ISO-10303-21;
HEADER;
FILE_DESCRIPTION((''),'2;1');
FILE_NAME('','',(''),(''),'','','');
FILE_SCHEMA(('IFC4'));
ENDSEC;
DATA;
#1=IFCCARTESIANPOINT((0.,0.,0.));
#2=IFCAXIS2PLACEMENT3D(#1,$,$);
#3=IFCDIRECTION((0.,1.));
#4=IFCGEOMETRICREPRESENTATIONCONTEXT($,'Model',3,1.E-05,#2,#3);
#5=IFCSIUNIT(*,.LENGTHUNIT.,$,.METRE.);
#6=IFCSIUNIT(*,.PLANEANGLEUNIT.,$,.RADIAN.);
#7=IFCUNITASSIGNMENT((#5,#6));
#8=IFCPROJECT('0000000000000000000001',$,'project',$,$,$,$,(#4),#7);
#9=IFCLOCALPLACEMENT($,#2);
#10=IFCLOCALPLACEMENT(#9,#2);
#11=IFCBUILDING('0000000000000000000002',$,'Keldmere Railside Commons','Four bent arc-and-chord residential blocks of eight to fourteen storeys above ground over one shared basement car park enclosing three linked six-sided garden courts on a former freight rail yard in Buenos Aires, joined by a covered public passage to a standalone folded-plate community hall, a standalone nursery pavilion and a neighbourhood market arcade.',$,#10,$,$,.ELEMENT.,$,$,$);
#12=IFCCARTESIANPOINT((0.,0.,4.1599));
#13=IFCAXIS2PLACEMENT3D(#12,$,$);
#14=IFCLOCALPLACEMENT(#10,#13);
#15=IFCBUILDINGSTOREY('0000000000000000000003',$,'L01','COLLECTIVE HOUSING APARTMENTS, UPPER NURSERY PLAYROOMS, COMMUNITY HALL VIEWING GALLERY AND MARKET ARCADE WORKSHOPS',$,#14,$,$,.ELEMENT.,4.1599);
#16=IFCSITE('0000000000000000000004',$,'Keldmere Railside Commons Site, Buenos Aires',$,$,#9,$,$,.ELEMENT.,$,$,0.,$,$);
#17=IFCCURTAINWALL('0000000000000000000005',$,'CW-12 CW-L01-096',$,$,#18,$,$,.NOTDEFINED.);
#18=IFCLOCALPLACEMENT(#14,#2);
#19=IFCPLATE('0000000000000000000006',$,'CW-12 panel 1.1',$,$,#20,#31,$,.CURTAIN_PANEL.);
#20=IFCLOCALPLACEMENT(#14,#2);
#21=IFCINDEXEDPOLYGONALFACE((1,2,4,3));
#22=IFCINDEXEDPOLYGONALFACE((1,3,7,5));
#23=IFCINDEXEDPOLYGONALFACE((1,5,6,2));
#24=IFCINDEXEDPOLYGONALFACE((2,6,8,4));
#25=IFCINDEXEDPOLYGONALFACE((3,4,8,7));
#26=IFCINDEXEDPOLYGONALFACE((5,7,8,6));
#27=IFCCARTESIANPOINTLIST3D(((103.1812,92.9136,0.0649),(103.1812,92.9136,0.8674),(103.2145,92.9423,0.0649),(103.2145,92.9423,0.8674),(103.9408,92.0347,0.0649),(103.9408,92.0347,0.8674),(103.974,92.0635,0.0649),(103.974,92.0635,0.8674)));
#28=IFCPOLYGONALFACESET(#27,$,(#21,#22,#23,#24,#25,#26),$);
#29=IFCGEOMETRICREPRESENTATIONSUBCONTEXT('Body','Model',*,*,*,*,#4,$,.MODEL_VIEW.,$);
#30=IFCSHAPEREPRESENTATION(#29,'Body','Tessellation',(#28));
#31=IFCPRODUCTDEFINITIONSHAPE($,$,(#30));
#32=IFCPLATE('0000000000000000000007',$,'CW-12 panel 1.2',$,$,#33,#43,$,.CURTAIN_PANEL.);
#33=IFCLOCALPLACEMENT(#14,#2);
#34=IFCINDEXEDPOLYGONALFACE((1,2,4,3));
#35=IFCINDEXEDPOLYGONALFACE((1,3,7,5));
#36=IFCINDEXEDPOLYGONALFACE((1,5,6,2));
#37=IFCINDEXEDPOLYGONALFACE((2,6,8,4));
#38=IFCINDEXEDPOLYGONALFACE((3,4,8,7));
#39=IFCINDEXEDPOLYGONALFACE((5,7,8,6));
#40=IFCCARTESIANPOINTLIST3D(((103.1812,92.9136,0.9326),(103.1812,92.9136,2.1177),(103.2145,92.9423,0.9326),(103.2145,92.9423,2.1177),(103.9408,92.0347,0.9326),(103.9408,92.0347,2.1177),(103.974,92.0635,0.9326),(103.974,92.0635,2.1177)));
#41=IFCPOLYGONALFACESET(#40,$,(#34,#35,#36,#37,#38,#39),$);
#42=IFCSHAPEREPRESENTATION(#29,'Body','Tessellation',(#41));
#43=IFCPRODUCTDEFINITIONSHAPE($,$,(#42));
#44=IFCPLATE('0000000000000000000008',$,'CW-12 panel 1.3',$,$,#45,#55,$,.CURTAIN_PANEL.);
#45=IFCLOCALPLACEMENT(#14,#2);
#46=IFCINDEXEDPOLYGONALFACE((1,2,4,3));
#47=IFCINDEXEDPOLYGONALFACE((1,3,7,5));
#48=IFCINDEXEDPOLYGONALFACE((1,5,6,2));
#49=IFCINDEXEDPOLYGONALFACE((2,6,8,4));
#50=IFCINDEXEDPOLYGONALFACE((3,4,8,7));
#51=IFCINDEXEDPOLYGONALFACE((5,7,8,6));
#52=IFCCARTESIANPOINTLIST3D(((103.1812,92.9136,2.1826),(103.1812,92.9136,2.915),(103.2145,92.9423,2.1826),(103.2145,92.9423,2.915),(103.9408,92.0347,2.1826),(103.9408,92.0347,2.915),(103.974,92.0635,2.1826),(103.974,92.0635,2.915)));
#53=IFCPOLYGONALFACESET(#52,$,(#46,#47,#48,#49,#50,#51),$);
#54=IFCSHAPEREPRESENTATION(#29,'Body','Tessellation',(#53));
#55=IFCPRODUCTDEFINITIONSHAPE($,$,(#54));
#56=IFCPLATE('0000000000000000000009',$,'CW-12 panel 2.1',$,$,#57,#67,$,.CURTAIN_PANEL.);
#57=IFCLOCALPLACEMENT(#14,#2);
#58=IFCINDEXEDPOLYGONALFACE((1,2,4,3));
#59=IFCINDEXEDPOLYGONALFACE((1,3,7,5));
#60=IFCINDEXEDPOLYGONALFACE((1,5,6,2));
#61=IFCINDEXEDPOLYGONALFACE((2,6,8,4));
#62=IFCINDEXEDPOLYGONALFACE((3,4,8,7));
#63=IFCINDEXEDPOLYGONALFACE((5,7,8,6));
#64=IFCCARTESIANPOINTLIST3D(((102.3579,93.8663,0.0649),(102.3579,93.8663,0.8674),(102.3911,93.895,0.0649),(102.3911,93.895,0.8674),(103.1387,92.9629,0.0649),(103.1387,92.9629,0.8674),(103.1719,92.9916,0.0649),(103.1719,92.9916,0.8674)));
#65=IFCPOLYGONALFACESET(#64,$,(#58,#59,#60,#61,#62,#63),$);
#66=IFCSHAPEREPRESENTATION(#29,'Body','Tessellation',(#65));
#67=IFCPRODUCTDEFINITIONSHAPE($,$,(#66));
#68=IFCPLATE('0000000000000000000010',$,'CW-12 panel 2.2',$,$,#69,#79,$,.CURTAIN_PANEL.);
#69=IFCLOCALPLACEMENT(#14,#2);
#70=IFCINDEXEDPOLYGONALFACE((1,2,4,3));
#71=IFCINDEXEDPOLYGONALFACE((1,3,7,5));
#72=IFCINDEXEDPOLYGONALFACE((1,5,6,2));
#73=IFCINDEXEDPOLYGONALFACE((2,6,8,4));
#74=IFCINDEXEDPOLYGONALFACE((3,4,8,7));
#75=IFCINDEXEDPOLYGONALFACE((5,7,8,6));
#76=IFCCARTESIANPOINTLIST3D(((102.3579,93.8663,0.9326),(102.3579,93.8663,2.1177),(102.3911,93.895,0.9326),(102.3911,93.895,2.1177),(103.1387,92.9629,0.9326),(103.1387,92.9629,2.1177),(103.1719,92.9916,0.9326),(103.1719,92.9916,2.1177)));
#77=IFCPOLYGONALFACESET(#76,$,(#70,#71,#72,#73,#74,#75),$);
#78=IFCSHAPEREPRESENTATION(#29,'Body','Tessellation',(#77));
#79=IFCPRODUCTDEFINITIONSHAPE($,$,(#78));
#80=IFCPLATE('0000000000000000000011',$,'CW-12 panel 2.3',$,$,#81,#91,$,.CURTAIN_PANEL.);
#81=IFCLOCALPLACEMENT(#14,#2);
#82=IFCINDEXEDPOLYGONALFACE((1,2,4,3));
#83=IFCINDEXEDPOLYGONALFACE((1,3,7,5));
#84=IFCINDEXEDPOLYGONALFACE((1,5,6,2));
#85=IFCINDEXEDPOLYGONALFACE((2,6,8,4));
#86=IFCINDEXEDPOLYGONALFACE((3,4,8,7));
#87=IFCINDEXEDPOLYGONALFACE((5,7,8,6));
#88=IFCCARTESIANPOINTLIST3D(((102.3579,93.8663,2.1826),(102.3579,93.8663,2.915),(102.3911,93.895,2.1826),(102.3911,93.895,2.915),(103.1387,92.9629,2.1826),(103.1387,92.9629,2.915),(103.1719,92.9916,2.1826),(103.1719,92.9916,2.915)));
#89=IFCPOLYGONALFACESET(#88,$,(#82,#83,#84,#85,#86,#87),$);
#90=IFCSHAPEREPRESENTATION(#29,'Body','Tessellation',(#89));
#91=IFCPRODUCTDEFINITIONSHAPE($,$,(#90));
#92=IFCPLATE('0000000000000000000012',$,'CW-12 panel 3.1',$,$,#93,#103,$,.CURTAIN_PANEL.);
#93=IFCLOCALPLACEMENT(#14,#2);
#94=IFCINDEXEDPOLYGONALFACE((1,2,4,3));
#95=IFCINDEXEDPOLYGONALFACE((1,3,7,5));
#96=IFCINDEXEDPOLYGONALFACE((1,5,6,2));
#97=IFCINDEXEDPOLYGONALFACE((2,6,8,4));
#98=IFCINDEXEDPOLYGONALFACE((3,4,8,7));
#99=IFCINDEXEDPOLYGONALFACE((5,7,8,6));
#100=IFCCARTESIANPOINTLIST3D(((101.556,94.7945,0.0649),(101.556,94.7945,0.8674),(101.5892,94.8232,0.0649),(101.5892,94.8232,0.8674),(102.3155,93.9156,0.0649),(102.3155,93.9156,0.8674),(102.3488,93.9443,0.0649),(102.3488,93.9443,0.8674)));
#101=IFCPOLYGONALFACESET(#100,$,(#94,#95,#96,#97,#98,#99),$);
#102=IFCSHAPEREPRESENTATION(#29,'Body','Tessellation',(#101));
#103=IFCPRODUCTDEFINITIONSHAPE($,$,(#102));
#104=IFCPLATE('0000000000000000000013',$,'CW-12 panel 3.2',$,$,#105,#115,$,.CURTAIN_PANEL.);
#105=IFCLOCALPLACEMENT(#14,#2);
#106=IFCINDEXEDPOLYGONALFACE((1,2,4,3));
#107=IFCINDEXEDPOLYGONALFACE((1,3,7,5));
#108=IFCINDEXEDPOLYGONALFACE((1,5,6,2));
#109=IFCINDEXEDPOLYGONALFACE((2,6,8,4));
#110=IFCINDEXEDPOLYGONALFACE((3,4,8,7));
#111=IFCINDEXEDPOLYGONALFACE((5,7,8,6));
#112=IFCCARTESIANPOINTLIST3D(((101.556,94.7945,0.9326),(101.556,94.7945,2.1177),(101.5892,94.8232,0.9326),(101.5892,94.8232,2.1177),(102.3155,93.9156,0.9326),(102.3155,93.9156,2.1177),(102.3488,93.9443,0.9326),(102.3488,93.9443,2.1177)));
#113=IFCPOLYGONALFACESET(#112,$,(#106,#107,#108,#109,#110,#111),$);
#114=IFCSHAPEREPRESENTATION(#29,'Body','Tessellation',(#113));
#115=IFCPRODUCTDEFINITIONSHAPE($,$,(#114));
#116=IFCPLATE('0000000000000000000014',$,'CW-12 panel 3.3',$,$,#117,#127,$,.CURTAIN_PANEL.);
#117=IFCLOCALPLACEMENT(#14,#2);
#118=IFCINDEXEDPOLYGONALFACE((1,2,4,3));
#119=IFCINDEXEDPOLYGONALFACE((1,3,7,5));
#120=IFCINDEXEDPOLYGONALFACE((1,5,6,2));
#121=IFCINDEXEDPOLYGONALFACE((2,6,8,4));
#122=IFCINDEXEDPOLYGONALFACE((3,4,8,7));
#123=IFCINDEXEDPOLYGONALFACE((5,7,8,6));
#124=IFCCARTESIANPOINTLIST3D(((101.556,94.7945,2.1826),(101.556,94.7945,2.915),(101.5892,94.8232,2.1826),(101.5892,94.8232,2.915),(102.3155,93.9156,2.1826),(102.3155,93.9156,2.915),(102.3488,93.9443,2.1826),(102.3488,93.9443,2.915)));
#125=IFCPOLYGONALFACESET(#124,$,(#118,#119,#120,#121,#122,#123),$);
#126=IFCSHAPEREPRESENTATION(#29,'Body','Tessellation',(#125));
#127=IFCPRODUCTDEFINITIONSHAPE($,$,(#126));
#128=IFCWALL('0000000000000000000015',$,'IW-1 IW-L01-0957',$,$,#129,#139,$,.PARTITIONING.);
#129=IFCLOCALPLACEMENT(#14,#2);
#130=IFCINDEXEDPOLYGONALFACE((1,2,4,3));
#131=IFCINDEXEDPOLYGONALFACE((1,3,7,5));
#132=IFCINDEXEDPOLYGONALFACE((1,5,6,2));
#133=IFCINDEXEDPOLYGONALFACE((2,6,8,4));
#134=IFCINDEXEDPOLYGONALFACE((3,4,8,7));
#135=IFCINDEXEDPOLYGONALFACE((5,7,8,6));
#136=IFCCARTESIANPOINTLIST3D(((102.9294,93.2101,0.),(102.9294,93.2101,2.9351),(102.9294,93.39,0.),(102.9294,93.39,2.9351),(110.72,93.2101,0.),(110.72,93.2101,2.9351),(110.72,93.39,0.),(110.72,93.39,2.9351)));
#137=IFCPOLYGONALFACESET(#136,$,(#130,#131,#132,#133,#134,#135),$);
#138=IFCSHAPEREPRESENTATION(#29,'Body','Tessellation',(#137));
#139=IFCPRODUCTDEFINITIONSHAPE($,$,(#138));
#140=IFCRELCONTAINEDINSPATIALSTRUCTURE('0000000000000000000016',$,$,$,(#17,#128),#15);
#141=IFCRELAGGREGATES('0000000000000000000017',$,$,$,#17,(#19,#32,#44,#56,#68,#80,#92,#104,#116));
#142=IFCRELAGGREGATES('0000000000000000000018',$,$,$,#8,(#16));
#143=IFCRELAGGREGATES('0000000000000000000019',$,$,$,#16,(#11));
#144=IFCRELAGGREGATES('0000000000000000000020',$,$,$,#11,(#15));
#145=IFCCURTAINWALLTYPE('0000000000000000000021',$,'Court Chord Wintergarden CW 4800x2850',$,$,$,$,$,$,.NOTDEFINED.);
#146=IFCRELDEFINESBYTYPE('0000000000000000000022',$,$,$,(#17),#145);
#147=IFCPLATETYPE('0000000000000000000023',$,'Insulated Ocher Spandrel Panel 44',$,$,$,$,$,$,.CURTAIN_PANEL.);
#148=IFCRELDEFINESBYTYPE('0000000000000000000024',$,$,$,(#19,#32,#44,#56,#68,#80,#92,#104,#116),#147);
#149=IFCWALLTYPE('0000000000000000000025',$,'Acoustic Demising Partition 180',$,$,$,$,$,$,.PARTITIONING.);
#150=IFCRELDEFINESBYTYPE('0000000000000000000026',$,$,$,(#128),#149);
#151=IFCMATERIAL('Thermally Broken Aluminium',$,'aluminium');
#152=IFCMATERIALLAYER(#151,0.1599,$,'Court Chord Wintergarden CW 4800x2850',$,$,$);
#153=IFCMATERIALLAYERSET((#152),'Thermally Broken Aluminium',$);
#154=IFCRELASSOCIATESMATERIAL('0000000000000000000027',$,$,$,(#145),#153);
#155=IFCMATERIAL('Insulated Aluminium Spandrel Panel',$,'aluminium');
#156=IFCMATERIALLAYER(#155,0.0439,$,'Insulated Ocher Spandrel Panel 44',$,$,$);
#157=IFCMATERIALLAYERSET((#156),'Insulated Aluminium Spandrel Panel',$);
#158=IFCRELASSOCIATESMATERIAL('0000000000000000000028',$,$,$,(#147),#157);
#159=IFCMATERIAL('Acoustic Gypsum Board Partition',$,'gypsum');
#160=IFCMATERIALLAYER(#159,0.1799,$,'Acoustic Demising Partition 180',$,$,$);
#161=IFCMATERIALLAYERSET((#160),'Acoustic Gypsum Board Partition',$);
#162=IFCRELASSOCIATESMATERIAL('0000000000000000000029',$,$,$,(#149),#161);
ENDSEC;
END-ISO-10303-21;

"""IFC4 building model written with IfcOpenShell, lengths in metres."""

from ifc_helpers import new_model, si_unit, direction, frame, frame_2d, origin, origin_2d, place, context, subcontext, project, spatial, rectangle, extrude, material, layer, layer_set, type_object, element, aggregate, save


model = new_model("IFC4")

# Units and contexts
model_context = context("Model", 3, precision=1e-05, world=origin(), true_north=direction((0.0, 1.0)))
body_context = subcontext(model_context, "Body", "Model", "MODEL_VIEW")
ifc_project = project(units=[si_unit("LENGTHUNIT", "METRE"), si_unit("PLANEANGLEUNIT", "RADIAN")], contexts=[model_context])

# Site, building, storey
site_placement = place(None, origin())
site = spatial("IfcSite", under=ifc_project, at=site_placement, Name="Keldmere Railside Commons Site, Buenos Aires", CompositionType="ELEMENT", RefElevation=0.0)
building_placement = place(site_placement, origin())
building = spatial("IfcBuilding", under=site, at=building_placement, Name="Keldmere Railside Commons", Description="Four bent arc-and-chord residential blocks of eight to fourteen storeys above ground over one shared basement car park enclosing three linked six-sided garden courts on a former freight rail yard in Buenos Aires, joined by a covered public passage to a standalone folded-plate community hall, a standalone nursery pavilion and a neighbourhood market arcade.", CompositionType="ELEMENT")
storey_placement = place(building_placement, frame((0.0, 0.0, 4.1599)))
storey = spatial("IfcBuildingStorey", under=building, at=storey_placement, Name="L01", Description="COLLECTIVE HOUSING APARTMENTS, UPPER NURSERY PLAYROOMS, COMMUNITY HALL VIEWING GALLERY AND MARKET ARCADE WORKSHOPS", CompositionType="ELEMENT", Elevation=4.1599)

# Curtain wall, plates
ifc_material_1 = material(Name="Thermally Broken Aluminium", Category="aluminium")
ifc_layer_1 = layer(ifc_material_1, 0.1599, Name="Court Chord Wintergarden CW 4800x2850")
ifc_layer_set_1 = layer_set([ifc_layer_1], Name="Thermally Broken Aluminium")
curtain_wall_type = type_object("IfcCurtainWallType", Name="Court Chord Wintergarden CW 4800x2850", PredefinedType="NOTDEFINED", material=ifc_layer_set_1)
curtain_wall_placement = place(storey_placement, origin())
curtain_wall = element("IfcCurtainWall", 1, at=curtain_wall_placement, inside=storey, type_object=curtain_wall_type, Name="CW-12 CW-L01-096", PredefinedType="NOTDEFINED")
ifc_material_2 = material(Name="Insulated Aluminium Spandrel Panel", Category="aluminium")
ifc_layer_2 = layer(ifc_material_2, 0.0439, Name="Insulated Ocher Spandrel Panel 44")
ifc_layer_set_2 = layer_set([ifc_layer_2], Name="Insulated Aluminium Spandrel Panel")
plate_type = type_object("IfcPlateType", Name="Insulated Ocher Spandrel Panel 44", PredefinedType="CURTAIN_PANEL", material=ifc_layer_set_2)
plate_1_placement = place(storey_placement, frame((103.5776, 92.4885, 0.0649), z_axis=(0.0, 0.0, 1.0), x_axis=(-0.653882, 0.756597, 0.0)))
plate_1 = element("IfcPlate", 2, at=plate_1_placement, type_object=plate_type, Name="CW-12 panel 1.1", PredefinedType="CURTAIN_PANEL", context=body_context, shape_type="SweptSolid", body=[
    extrude(rectangle(XDim=1.1616, YDim=0.0439, at=origin_2d()), origin(), (0.0, 0.0, 1.0), 0.8025),
])
plate_2_placement = place(storey_placement, frame((103.5776, 92.4885, 0.9326), z_axis=(0.0, 0.0, 1.0), x_axis=(-0.653882, 0.756597, 0.0)))
plate_2 = element("IfcPlate", 3, at=plate_2_placement, type_object=plate_type, Name="CW-12 panel 1.2", PredefinedType="CURTAIN_PANEL", context=body_context, shape_type="SweptSolid", body=[
    extrude(rectangle(XDim=1.1616, YDim=0.0439, at=origin_2d()), origin(), (0.0, 0.0, 1.0), 1.1851),
])
plate_3_placement = place(storey_placement, frame((103.5776, 92.4885, 2.1826), z_axis=(0.0, 0.0, 1.0), x_axis=(-0.653882, 0.756597, 0.0)))
plate_3 = element("IfcPlate", 4, at=plate_3_placement, type_object=plate_type, Name="CW-12 panel 1.3", PredefinedType="CURTAIN_PANEL", context=body_context, shape_type="SweptSolid", body=[
    extrude(rectangle(XDim=1.1616, YDim=0.0439, at=origin_2d()), origin(), (0.0, 0.0, 1.0), 0.7324),
])
plate_4_placement = place(storey_placement, frame((102.7649, 93.429, 0.0649), z_axis=(0.0, 0.0, 1.0), x_axis=(-0.653882, 0.756597, 0.0)))
plate_4 = element("IfcPlate", 5, at=plate_4_placement, type_object=plate_type, Name="CW-12 panel 2.1", PredefinedType="CURTAIN_PANEL", context=body_context, shape_type="SweptSolid", body=[
    extrude(rectangle(XDim=1.1941, YDim=0.0439, at=origin_2d()), origin(), (0.0, 0.0, 1.0), 0.8025),
])
plate_5_placement = place(storey_placement, frame((102.7649, 93.429, 0.9326), z_axis=(0.0, 0.0, 1.0), x_axis=(-0.653882, 0.756597, 0.0)))
plate_5 = element("IfcPlate", 6, at=plate_5_placement, type_object=plate_type, Name="CW-12 panel 2.2", PredefinedType="CURTAIN_PANEL", context=body_context, shape_type="SweptSolid", body=[
    extrude(rectangle(XDim=1.1941, YDim=0.0439, at=origin_2d()), origin(), (0.0, 0.0, 1.0), 1.1851),
])
plate_6_placement = place(storey_placement, frame((102.7649, 93.429, 2.1826), z_axis=(0.0, 0.0, 1.0), x_axis=(-0.653882, 0.756597, 0.0)))
plate_6 = element("IfcPlate", 7, at=plate_6_placement, type_object=plate_type, Name="CW-12 panel 2.3", PredefinedType="CURTAIN_PANEL", context=body_context, shape_type="SweptSolid", body=[
    extrude(rectangle(XDim=1.1941, YDim=0.0439, at=origin_2d()), origin(), (0.0, 0.0, 1.0), 0.7324),
])
plate_7_placement = place(storey_placement, frame((101.9524, 94.3694, 0.0649), z_axis=(0.0, 0.0, 1.0), x_axis=(-0.653882, 0.756597, 0.0)))
plate_7 = element("IfcPlate", 8, at=plate_7_placement, type_object=plate_type, Name="CW-12 panel 3.1", PredefinedType="CURTAIN_PANEL", context=body_context, shape_type="SweptSolid", body=[
    extrude(rectangle(XDim=1.1616, YDim=0.0439, at=origin_2d()), origin(), (0.0, 0.0, 1.0), 0.8025),
])
plate_8_placement = place(storey_placement, frame((101.9524, 94.3694, 0.9326), z_axis=(0.0, 0.0, 1.0), x_axis=(-0.653882, 0.756597, 0.0)))
plate_8 = element("IfcPlate", 9, at=plate_8_placement, type_object=plate_type, Name="CW-12 panel 3.2", PredefinedType="CURTAIN_PANEL", context=body_context, shape_type="SweptSolid", body=[
    extrude(rectangle(XDim=1.1616, YDim=0.0439, at=origin_2d()), origin(), (0.0, 0.0, 1.0), 1.1851),
])
plate_9_placement = place(storey_placement, frame((101.9524, 94.3694, 2.1826), z_axis=(0.0, 0.0, 1.0), x_axis=(-0.653882, 0.756597, 0.0)))
plate_9 = element("IfcPlate", 10, at=plate_9_placement, type_object=plate_type, Name="CW-12 panel 3.3", PredefinedType="CURTAIN_PANEL", context=body_context, shape_type="SweptSolid", body=[
    extrude(rectangle(XDim=1.1616, YDim=0.0439, at=origin_2d()), origin(), (0.0, 0.0, 1.0), 0.7324),
])
aggregate(curtain_wall, [plate_1, plate_2, plate_3, plate_4, plate_5, plate_6, plate_7, plate_8, plate_9])

# Wall
ifc_material_3 = material(Name="Acoustic Gypsum Board Partition", Category="gypsum")
ifc_layer_3 = layer(ifc_material_3, 0.1799, Name="Acoustic Demising Partition 180")
ifc_layer_set_3 = layer_set([ifc_layer_3], Name="Acoustic Gypsum Board Partition")
wall_type = type_object("IfcWallType", Name="Acoustic Demising Partition 180", PredefinedType="PARTITIONING", material=ifc_layer_set_3)
wall_placement = place(storey_placement, frame((102.9294, 93.3, 0.0), z_axis=(0.0, 0.0, 1.0), x_axis=(1.0, 0.0, 0.0)))
element("IfcWall", 11, at=wall_placement, inside=storey, type_object=wall_type, Name="IW-1 IW-L01-0957", PredefinedType="PARTITIONING", context=body_context, shape_type="SweptSolid", body=[
    extrude(rectangle(XDim=7.7905, YDim=0.1799, at=frame_2d((3.8953, 0.0))), origin(), (0.0, 0.0, 1.0), 2.9351),
])

save(model, "model.ifc")
